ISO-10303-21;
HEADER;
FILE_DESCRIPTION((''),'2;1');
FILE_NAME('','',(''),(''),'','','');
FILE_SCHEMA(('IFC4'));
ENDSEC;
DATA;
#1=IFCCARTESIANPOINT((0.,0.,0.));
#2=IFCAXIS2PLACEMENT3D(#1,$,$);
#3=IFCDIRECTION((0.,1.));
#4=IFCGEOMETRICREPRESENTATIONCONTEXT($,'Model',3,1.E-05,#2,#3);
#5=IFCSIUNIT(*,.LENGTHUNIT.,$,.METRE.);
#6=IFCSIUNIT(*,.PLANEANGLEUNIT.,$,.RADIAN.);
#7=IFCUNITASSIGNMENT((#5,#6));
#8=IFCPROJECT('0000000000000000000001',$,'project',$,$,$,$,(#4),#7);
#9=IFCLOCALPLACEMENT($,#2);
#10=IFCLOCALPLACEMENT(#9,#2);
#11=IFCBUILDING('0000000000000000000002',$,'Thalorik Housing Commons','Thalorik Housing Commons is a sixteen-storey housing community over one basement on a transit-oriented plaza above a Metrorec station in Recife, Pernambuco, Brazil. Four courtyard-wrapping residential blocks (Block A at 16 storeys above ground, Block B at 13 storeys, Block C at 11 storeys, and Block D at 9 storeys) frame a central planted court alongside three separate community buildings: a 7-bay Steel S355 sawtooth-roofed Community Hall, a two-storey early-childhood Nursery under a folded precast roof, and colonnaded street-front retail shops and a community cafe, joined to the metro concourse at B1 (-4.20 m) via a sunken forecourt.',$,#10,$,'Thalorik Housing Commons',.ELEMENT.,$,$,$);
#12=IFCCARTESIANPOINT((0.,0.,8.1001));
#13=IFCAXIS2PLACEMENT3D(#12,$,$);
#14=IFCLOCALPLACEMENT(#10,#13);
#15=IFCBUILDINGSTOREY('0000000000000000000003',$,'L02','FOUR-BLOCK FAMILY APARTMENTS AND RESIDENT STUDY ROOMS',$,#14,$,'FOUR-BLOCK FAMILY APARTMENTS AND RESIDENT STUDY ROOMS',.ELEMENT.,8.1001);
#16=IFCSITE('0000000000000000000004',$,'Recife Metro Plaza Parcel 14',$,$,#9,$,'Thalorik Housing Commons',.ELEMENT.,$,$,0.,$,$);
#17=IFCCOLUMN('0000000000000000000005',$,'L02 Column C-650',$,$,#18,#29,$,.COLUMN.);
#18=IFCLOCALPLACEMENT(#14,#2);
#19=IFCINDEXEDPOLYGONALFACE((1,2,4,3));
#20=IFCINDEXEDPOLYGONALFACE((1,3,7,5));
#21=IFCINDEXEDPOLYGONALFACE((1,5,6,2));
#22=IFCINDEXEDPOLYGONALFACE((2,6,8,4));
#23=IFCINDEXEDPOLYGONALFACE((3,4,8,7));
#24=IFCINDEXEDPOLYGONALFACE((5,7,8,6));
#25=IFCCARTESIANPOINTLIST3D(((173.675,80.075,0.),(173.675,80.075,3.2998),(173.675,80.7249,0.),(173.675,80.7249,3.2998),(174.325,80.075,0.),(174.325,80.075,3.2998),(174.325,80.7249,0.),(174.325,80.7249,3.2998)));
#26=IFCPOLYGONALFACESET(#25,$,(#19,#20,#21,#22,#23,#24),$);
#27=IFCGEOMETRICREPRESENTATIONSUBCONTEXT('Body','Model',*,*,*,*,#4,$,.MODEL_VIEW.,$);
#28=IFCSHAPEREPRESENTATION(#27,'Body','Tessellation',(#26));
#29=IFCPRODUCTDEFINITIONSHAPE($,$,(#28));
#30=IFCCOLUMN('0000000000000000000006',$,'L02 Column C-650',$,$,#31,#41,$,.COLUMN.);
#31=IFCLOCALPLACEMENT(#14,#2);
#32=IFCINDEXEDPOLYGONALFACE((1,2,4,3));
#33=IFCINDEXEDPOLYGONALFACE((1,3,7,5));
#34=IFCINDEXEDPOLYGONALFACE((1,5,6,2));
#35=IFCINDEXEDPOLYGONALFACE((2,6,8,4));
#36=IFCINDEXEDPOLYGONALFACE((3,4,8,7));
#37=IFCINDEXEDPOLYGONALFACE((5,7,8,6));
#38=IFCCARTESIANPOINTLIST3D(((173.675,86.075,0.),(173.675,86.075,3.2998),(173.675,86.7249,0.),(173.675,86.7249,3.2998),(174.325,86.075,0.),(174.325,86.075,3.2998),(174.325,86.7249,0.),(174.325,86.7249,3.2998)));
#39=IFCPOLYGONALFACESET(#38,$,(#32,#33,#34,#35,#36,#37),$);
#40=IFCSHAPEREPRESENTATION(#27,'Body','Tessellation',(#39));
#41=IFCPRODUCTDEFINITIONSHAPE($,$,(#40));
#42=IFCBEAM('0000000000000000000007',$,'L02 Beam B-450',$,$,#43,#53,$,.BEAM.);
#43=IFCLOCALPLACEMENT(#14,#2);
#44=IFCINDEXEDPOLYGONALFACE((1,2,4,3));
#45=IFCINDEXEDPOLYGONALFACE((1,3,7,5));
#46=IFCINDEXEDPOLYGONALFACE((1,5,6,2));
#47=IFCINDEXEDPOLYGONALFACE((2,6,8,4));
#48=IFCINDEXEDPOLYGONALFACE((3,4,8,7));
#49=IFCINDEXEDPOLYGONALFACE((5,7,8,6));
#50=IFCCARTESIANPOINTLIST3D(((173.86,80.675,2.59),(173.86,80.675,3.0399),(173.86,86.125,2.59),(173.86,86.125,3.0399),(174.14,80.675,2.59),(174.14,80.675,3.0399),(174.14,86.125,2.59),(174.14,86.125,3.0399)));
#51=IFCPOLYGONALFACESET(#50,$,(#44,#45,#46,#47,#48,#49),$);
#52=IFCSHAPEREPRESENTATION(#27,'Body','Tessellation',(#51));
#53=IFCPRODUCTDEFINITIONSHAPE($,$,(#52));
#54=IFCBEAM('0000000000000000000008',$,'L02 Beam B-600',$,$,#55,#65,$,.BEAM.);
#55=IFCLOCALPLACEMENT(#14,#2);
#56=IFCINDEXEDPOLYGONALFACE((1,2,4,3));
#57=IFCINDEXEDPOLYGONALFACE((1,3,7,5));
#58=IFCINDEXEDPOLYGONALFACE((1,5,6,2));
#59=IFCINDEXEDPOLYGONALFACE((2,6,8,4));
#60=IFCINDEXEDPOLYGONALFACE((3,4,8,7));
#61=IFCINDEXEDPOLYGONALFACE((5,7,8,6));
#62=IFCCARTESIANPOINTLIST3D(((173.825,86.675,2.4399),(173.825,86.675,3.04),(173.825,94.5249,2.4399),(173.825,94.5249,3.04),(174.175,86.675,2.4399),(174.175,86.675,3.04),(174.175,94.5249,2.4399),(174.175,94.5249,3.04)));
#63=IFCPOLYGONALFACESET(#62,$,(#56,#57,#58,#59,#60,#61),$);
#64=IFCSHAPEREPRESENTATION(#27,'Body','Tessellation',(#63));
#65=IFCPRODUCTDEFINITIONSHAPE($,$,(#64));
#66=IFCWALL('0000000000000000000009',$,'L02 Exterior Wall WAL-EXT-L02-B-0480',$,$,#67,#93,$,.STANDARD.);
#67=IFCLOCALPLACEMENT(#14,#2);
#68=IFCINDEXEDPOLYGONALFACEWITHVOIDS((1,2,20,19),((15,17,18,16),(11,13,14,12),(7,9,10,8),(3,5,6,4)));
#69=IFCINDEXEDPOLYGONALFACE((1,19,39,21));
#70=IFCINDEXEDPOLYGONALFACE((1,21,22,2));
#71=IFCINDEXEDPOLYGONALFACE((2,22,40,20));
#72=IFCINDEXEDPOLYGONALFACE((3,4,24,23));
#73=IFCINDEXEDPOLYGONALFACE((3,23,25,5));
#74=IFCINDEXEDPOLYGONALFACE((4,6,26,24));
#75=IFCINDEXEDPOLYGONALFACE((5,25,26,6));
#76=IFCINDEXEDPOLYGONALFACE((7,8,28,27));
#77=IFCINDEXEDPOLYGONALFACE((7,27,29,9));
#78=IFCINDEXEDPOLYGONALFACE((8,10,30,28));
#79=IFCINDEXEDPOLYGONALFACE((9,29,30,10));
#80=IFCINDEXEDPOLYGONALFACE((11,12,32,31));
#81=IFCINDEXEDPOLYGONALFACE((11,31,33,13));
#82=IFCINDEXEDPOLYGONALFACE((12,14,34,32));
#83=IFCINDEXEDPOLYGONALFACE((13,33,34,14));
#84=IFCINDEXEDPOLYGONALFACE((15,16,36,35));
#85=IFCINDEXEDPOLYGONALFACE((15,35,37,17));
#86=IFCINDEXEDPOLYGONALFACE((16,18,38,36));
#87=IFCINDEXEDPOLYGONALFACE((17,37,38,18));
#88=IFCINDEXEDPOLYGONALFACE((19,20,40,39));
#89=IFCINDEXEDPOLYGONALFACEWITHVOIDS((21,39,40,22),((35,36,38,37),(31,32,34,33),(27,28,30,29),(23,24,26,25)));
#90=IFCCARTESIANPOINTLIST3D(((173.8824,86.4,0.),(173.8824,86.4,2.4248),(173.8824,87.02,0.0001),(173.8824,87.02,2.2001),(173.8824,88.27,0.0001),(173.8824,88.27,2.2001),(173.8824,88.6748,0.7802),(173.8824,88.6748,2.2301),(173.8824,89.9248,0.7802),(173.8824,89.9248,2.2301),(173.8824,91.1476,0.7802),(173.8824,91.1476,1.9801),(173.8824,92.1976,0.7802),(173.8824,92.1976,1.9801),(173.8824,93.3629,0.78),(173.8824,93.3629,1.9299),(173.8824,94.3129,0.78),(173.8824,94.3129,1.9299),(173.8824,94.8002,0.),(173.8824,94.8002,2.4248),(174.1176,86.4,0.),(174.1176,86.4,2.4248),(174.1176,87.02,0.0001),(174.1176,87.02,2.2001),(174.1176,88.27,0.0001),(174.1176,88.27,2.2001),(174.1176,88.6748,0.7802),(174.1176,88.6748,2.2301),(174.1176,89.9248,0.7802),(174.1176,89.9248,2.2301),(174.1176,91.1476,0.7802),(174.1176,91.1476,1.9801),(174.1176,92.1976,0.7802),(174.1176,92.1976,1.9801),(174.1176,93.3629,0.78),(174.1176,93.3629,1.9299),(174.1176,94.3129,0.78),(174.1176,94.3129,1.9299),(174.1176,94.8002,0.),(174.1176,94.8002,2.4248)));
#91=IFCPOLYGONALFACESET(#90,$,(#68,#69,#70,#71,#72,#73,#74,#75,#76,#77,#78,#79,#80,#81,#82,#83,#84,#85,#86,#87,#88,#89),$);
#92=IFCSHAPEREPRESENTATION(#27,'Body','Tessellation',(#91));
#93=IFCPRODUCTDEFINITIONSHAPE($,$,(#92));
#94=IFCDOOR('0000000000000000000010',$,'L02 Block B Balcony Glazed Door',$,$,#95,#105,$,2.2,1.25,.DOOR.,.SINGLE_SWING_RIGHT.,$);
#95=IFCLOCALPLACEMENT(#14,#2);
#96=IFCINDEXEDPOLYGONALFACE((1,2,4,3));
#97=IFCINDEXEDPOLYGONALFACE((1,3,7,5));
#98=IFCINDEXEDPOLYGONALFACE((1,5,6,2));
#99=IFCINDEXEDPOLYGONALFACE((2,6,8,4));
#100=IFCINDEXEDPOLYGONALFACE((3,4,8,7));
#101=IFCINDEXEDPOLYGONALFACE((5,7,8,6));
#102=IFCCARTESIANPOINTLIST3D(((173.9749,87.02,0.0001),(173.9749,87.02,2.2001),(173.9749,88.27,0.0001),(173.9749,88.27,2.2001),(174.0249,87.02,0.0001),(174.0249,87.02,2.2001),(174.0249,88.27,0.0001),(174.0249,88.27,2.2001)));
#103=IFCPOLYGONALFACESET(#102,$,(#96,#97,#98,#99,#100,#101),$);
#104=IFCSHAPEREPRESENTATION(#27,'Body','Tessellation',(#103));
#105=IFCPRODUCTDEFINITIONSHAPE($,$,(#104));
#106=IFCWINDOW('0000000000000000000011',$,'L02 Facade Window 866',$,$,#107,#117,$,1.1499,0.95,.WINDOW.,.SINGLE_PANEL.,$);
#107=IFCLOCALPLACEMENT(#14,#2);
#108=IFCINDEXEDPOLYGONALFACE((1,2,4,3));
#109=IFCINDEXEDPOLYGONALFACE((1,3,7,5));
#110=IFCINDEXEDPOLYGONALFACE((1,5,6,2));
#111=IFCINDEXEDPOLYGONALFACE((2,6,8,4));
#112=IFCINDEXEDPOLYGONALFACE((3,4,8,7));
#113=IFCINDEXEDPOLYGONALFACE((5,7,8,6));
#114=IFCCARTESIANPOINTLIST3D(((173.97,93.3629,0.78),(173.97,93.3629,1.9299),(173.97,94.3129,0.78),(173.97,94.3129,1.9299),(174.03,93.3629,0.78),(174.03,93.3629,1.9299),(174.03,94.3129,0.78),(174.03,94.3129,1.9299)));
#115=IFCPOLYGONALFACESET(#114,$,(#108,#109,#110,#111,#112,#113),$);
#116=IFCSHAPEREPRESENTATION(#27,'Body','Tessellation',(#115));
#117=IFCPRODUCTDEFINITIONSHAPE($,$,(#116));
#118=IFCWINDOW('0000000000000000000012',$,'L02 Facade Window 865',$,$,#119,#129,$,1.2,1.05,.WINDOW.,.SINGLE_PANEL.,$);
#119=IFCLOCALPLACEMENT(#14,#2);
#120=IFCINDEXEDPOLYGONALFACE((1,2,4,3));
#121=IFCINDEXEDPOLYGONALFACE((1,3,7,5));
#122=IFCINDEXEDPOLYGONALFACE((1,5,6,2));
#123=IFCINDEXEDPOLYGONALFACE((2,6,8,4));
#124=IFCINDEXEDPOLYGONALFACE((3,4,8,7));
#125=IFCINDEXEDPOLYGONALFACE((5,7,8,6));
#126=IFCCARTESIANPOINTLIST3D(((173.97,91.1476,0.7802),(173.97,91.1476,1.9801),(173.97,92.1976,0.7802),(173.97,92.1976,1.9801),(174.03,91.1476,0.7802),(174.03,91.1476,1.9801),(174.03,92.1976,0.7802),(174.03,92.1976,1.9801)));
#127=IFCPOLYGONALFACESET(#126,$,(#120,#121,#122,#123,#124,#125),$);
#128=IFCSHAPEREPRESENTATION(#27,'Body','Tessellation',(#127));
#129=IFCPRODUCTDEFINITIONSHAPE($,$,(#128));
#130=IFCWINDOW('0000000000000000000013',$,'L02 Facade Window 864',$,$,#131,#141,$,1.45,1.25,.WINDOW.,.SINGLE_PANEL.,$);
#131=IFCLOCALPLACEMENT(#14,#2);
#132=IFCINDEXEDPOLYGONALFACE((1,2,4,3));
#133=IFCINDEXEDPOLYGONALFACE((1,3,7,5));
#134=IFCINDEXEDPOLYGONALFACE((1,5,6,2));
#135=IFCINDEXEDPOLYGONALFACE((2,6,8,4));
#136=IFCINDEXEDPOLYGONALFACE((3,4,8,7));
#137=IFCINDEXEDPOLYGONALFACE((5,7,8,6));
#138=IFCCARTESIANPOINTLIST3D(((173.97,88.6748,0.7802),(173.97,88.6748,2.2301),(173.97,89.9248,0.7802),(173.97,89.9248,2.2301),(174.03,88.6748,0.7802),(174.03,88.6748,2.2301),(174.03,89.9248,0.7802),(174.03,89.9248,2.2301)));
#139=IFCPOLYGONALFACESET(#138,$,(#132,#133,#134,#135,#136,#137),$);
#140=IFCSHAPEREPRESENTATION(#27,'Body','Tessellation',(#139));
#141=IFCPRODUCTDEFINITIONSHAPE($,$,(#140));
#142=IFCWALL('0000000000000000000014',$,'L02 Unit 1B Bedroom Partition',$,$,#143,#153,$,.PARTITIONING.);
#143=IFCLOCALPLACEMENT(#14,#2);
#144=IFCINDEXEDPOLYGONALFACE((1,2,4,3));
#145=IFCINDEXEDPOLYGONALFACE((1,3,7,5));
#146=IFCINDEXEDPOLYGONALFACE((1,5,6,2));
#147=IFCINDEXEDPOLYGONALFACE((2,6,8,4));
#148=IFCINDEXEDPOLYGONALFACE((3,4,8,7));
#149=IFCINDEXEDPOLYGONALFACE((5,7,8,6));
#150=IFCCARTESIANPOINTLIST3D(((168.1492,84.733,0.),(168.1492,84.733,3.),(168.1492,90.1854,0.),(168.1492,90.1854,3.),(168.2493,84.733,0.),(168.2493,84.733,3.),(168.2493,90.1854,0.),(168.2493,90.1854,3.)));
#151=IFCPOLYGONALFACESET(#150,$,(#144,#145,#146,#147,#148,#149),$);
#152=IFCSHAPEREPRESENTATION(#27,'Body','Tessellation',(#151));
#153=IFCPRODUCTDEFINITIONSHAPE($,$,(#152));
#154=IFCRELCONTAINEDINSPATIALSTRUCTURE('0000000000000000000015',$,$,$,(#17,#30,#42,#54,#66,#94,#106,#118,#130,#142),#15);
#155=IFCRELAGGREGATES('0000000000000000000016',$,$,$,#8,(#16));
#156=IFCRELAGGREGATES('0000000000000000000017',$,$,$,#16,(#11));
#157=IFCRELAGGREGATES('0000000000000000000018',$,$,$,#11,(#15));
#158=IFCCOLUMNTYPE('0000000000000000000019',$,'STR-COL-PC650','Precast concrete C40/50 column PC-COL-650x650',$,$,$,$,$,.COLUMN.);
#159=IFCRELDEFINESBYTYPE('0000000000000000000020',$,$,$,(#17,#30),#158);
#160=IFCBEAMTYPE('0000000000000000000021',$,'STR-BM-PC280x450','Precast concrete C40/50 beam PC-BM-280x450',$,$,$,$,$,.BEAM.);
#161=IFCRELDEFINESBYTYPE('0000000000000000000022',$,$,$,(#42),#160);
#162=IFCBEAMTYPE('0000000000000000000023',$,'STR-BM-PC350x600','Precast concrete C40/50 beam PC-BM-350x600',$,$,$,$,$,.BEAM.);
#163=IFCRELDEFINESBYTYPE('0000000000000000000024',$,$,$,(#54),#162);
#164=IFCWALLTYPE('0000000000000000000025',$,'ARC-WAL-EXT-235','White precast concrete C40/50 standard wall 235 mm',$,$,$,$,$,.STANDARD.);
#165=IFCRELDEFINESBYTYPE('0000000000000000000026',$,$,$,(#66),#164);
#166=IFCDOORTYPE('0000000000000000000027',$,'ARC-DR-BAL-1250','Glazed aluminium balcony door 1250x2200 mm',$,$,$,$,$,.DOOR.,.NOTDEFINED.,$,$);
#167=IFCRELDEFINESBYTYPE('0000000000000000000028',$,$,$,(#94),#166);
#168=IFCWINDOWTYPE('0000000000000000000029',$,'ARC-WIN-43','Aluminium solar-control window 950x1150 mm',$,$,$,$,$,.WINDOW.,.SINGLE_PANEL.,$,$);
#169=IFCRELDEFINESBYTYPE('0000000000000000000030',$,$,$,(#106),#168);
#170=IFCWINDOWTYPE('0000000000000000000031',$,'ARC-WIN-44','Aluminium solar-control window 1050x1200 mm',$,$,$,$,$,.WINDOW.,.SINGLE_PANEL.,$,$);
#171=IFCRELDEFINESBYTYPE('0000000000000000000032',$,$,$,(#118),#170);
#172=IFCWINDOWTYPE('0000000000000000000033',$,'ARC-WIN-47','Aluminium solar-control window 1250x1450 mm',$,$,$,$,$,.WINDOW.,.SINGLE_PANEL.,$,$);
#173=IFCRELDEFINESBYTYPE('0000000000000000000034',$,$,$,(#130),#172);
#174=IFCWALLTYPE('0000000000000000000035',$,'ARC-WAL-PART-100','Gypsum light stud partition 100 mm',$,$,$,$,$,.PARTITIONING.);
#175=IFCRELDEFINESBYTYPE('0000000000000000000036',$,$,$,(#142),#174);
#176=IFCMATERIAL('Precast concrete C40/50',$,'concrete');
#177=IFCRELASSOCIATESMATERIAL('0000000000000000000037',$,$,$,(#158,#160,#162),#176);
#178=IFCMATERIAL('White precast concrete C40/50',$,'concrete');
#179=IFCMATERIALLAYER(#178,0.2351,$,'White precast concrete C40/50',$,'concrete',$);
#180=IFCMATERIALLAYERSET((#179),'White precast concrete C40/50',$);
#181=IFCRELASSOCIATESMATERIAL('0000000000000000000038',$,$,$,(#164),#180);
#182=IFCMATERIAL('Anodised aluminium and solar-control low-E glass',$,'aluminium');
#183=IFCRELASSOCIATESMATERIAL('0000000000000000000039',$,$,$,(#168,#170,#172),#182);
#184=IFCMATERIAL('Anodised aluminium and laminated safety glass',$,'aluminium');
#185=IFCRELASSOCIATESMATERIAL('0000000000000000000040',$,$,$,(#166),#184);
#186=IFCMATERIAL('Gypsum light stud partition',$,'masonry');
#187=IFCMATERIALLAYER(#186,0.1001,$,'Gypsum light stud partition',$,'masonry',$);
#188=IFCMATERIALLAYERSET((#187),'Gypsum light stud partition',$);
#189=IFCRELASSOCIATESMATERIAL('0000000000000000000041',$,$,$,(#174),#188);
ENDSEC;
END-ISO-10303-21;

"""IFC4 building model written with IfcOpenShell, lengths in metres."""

from ifc_helpers import new_model, si_unit, direction, frame, frame_2d, origin, origin_2d, place, context, subcontext, project, spatial, rectangle, extrude, material, layer, layer_set, material_profile, profile_set, type_object, element, fill, save


model = new_model("IFC4")

# Units and contexts
model_context = context("Model", 3, precision=1e-05, world=origin(), true_north=direction((0.0, 1.0)))
body_context = subcontext(model_context, "Body", "Model", "MODEL_VIEW")
ifc_project = project(units=[si_unit("LENGTHUNIT", "METRE"), si_unit("PLANEANGLEUNIT", "RADIAN")], contexts=[model_context])

# Site, building, storey
site_placement = place(None, origin())
site = spatial("IfcSite", under=ifc_project, at=site_placement, Name="Recife Metro Plaza Parcel 14", LongName="Thalorik Housing Commons", CompositionType="ELEMENT", RefElevation=0.0)
building_placement = place(site_placement, origin())
building = spatial("IfcBuilding", under=site, at=building_placement, Name="Thalorik Housing Commons", Description="Thalorik Housing Commons is a sixteen-storey housing community over one basement on a transit-oriented plaza above a Metrorec station in Recife, Pernambuco, Brazil. Four courtyard-wrapping residential blocks (Block A at 16 storeys above ground, Block B at 13 storeys, Block C at 11 storeys, and Block D at 9 storeys) frame a central planted court alongside three separate community buildings: a 7-bay Steel S355 sawtooth-roofed Community Hall, a two-storey early-childhood Nursery under a folded precast roof, and colonnaded street-front retail shops and a community cafe, joined to the metro concourse at B1 (-4.20 m) via a sunken forecourt.", LongName="Thalorik Housing Commons", CompositionType="ELEMENT")
storey_placement = place(building_placement, frame((0.0, 0.0, 8.1001)))
storey = spatial("IfcBuildingStorey", under=building, at=storey_placement, Name="L02", Description="FOUR-BLOCK FAMILY APARTMENTS AND RESIDENT STUDY ROOMS", LongName="FOUR-BLOCK FAMILY APARTMENTS AND RESIDENT STUDY ROOMS", CompositionType="ELEMENT", Elevation=8.1001)

# Columns
ifc_material_1 = material(Name="Precast concrete C40/50", Category="concrete")
ifc_material_profile_1 = material_profile(ifc_material_1, rectangle(XDim=0.6499, YDim=0.6499, at=origin_2d()), Name="PC 650x650", Category="concrete")
ifc_profile_set_1 = profile_set([ifc_material_profile_1], Name="Precast concrete C40/50")
column_type = type_object("IfcColumnType", Name="STR-COL-PC650", Description="Precast concrete C40/50 column PC-COL-650x650", PredefinedType="COLUMN", material=ifc_profile_set_1)
for number, where, z_axis, x_axis, name in (
    (1, (174.0, 80.3999, 0.0), (0.0, 0.0, 1.0), (1.0, 0.0, 0.0), "L02 Column C-650"),
    (2, (174.0, 86.3999, 0.0), (0.0, 0.0, 1.0), (1.0, 0.0, 0.0), "L02 Column C-650"),
):
    element("IfcColumn", number, at=place(storey_placement, frame(where, z_axis=z_axis, x_axis=x_axis)), inside=storey, type_object=column_type, Name=name, PredefinedType="COLUMN", context=body_context, shape_type="SweptSolid", body=[
        extrude(rectangle(XDim=0.6499, YDim=0.6499, at=origin_2d()), origin(), (0.0, 0.0, 1.0), 3.2998),
    ])

# Beams
ifc_material_profile_2 = material_profile(ifc_material_1, rectangle(XDim=0.28, YDim=0.45, at=origin_2d()), Name="PC 280x450", Category="concrete")
ifc_profile_set_2 = profile_set([ifc_material_profile_2], Name="Precast concrete C40/50")
beam_type_1 = type_object("IfcBeamType", Name="STR-BM-PC280x450", Description="Precast concrete C40/50 beam PC-BM-280x450", PredefinedType="BEAM", material=ifc_profile_set_2)
beam_1_placement = place(storey_placement, frame((174.0, 80.675, 2.8149), z_axis=(0.0, 1.0, 0.0), x_axis=(-1.0, 0.0, 0.0)))
element("IfcBeam", 3, at=beam_1_placement, inside=storey, type_object=beam_type_1, Name="L02 Beam B-450", PredefinedType="BEAM", context=body_context, shape_type="SweptSolid", body=[
    extrude(rectangle(XDim=0.28, YDim=0.45, at=origin_2d()), origin(), (0.0, 0.0, 1.0), 5.45),
])
ifc_material_profile_3 = material_profile(ifc_material_1, rectangle(XDim=0.3501, YDim=0.6001, at=origin_2d()), Name="PC 350x600", Category="concrete")
ifc_profile_set_3 = profile_set([ifc_material_profile_3], Name="Precast concrete C40/50")
beam_type_2 = type_object("IfcBeamType", Name="STR-BM-PC350x600", Description="Precast concrete C40/50 beam PC-BM-350x600", PredefinedType="BEAM", material=ifc_profile_set_3)
beam_2_placement = place(storey_placement, frame((174.0, 86.675, 2.74), z_axis=(0.0, 1.0, 0.0), x_axis=(-1.0, 0.0, 0.0)))
element("IfcBeam", 4, at=beam_2_placement, inside=storey, type_object=beam_type_2, Name="L02 Beam B-600", PredefinedType="BEAM", context=body_context, shape_type="SweptSolid", body=[
    extrude(rectangle(XDim=0.3501, YDim=0.6001, at=origin_2d()), origin(), (0.0, 0.0, 1.0), 7.8499),
])

# Wall, openings, door, windows
ifc_material_2 = material(Name="White precast concrete C40/50", Category="concrete")
ifc_layer_1 = layer(ifc_material_2, 0.2351, Name="White precast concrete C40/50", Category="concrete")
ifc_layer_set_1 = layer_set([ifc_layer_1], Name="White precast concrete C40/50")
wall_type_1 = type_object("IfcWallType", Name="ARC-WAL-EXT-235", Description="White precast concrete C40/50 standard wall 235 mm", PredefinedType="STANDARD", material=ifc_layer_set_1)
ifc_material_3 = material(Name="Anodised aluminium and laminated safety glass", Category="aluminium")
ifc_material_4 = material(Name="Anodised aluminium and solar-control low-E glass", Category="aluminium")
window_type_1 = type_object("IfcWindowType", Name="ARC-WIN-43", Description="Aluminium solar-control window 950x1150 mm", PartitioningType="SINGLE_PANEL", PredefinedType="WINDOW", material=ifc_material_4)
wall_1_placement = place(storey_placement, frame((174.0, 86.3999, 0.0), z_axis=(0.0, 0.0, 1.0), x_axis=(0.0, 1.0, 0.0)))
wall_1 = element("IfcWall", 5, at=wall_1_placement, inside=storey, type_object=wall_type_1, Name="L02 Exterior Wall WAL-EXT-L02-B-0480", PredefinedType="STANDARD", context=body_context, shape_type="SweptSolid", body=[
    extrude(rectangle(XDim=8.4001, YDim=0.2351, at=frame_2d((4.2002, 0.0))), origin(), (0.0, 0.0, 1.0), 2.4248),
])
opening_1_placement = place(wall_1_placement, frame((0.6201, 0.0, 0.0)))
opening_1 = element("IfcOpeningElement", 6, at=opening_1_placement, cuts=wall_1, PredefinedType="OPENING", context=body_context, shape_type="SweptSolid", body=[
    extrude(rectangle(XDim=1.25, YDim=2.2, at=frame_2d((0.625, 1.1001))), frame((0.0, 0.1274, 0.0), z_axis=(0.0, -1.0, 0.0), x_axis=(1.0, 0.0, 0.0)), (0.0, 0.0, 1.0), 0.2551),
])
opening_2_placement = place(wall_1_placement, frame((2.2749, 0.0, 0.78)))
opening_2 = element("IfcOpeningElement", 7, at=opening_2_placement, cuts=wall_1, PredefinedType="OPENING", context=body_context, shape_type="SweptSolid", body=[
    extrude(rectangle(XDim=1.25, YDim=1.45, at=frame_2d((0.625, 0.7251))), frame((0.0, 0.1274, 0.0), z_axis=(0.0, -1.0, 0.0), x_axis=(1.0, 0.0, 0.0)), (0.0, 0.0, 1.0), 0.2551),
])
opening_3_placement = place(wall_1_placement, frame((4.7478, 0.0, 0.78)))
opening_3 = element("IfcOpeningElement", 8, at=opening_3_placement, cuts=wall_1, PredefinedType="OPENING", context=body_context, shape_type="SweptSolid", body=[
    extrude(rectangle(XDim=1.05, YDim=1.2, at=frame_2d((0.5249, 0.6001))), frame((0.0, 0.1274, 0.0), z_axis=(0.0, -1.0, 0.0), x_axis=(1.0, 0.0, 0.0)), (0.0, 0.0, 1.0), 0.2551),
])
opening_4_placement = place(wall_1_placement, frame((6.9629, 0.0, 0.78)))
opening_4 = element("IfcOpeningElement", 9, at=opening_4_placement, cuts=wall_1, PredefinedType="OPENING", context=body_context, shape_type="SweptSolid", body=[
    extrude(rectangle(XDim=0.95, YDim=1.1499, at=frame_2d((0.4751, 0.575))), frame((0.0, 0.1274, 0.0), z_axis=(0.0, -1.0, 0.0), x_axis=(1.0, 0.0, 0.0)), (0.0, 0.0, 1.0), 0.2551),
])
door_type_1 = type_object("IfcDoorType", Name="ARC-DR-BAL-1250", Description="Glazed aluminium balcony door 1250x2200 mm", OperationType="NOTDEFINED", PredefinedType="DOOR", material=ifc_material_3)
door_1_placement = place(opening_1_placement, frame((1.25, 0.0, 0.0), z_axis=(0.0, 0.0, 1.0), x_axis=(-1.0, 0.0, 0.0)))
door_1 = element("IfcDoor", 10, at=door_1_placement, inside=storey, type_object=door_type_1, Name="L02 Block B Balcony Glazed Door", OperationType="SINGLE_SWING_RIGHT", OverallHeight=2.2, OverallWidth=1.25, PredefinedType="DOOR", context=body_context, shape_type="SweptSolid", body=[
    extrude(rectangle(XDim=1.25, YDim=2.2, at=frame_2d((0.625, 1.1001))), frame((0.0, 0.0249, 0.0), z_axis=(0.0, -1.0, 0.0), x_axis=(1.0, 0.0, 0.0)), (0.0, 0.0, 1.0), 0.05),
])
fill(opening_1, door_1)
window_1_placement = place(opening_4_placement, origin())
window_1 = element("IfcWindow", 11, at=window_1_placement, inside=storey, type_object=window_type_1, Name="L02 Facade Window 866", OverallHeight=1.1499, OverallWidth=0.95, PartitioningType="SINGLE_PANEL", PredefinedType="WINDOW", context=body_context, shape_type="SweptSolid", body=[
    extrude(rectangle(XDim=0.95, YDim=1.1499, at=frame_2d((0.4751, 0.575))), frame((0.0, 0.03, 0.0), z_axis=(0.0, -1.0, 0.0), x_axis=(1.0, 0.0, 0.0)), (0.0, 0.0, 1.0), 0.0601),
])
fill(opening_4, window_1)
window_type_2 = type_object("IfcWindowType", Name="ARC-WIN-44", Description="Aluminium solar-control window 1050x1200 mm", PartitioningType="SINGLE_PANEL", PredefinedType="WINDOW", material=ifc_material_4)
window_2_placement = place(opening_3_placement, origin())
window_2 = element("IfcWindow", 12, at=window_2_placement, inside=storey, type_object=window_type_2, Name="L02 Facade Window 865", OverallHeight=1.2, OverallWidth=1.05, PartitioningType="SINGLE_PANEL", PredefinedType="WINDOW", context=body_context, shape_type="SweptSolid", body=[
    extrude(rectangle(XDim=1.05, YDim=1.2, at=frame_2d((0.5249, 0.6001))), frame((0.0, 0.03, 0.0), z_axis=(0.0, -1.0, 0.0), x_axis=(1.0, 0.0, 0.0)), (0.0, 0.0, 1.0), 0.0601),
])
fill(opening_3, window_2)
window_type_3 = type_object("IfcWindowType", Name="ARC-WIN-47", Description="Aluminium solar-control window 1250x1450 mm", PartitioningType="SINGLE_PANEL", PredefinedType="WINDOW", material=ifc_material_4)
window_3_placement = place(opening_2_placement, origin())
window_3 = element("IfcWindow", 13, at=window_3_placement, inside=storey, type_object=window_type_3, Name="L02 Facade Window 864", OverallHeight=1.45, OverallWidth=1.25, PartitioningType="SINGLE_PANEL", PredefinedType="WINDOW", context=body_context, shape_type="SweptSolid", body=[
    extrude(rectangle(XDim=1.25, YDim=1.45, at=frame_2d((0.625, 0.7251))), frame((0.0, 0.03, 0.0), z_axis=(0.0, -1.0, 0.0), x_axis=(1.0, 0.0, 0.0)), (0.0, 0.0, 1.0), 0.0601),
])
fill(opening_2, window_3)

# Wall
ifc_material_5 = material(Name="Gypsum light stud partition", Category="masonry")
ifc_layer_2 = layer(ifc_material_5, 0.1001, Name="Gypsum light stud partition", Category="masonry")
ifc_layer_set_2 = layer_set([ifc_layer_2], Name="Gypsum light stud partition")
wall_type_2 = type_object("IfcWallType", Name="ARC-WAL-PART-100", Description="Gypsum light stud partition 100 mm", PredefinedType="PARTITIONING", material=ifc_layer_set_2)
wall_2_placement = place(storey_placement, frame((168.1992, 84.7332, 0.0), z_axis=(0.0, 0.0, 1.0), x_axis=(0.0, 1.0, 0.0)))
element("IfcWall", 14, at=wall_2_placement, inside=storey, type_object=wall_type_2, Name="L02 Unit 1B Bedroom Partition", PredefinedType="PARTITIONING", context=body_context, shape_type="SweptSolid", body=[
    extrude(rectangle(XDim=5.4524, YDim=0.1001, at=frame_2d((2.7261, 0.0))), origin(), (0.0, 0.0, 1.0), 3.0),
])

save(model, "model.ifc")
